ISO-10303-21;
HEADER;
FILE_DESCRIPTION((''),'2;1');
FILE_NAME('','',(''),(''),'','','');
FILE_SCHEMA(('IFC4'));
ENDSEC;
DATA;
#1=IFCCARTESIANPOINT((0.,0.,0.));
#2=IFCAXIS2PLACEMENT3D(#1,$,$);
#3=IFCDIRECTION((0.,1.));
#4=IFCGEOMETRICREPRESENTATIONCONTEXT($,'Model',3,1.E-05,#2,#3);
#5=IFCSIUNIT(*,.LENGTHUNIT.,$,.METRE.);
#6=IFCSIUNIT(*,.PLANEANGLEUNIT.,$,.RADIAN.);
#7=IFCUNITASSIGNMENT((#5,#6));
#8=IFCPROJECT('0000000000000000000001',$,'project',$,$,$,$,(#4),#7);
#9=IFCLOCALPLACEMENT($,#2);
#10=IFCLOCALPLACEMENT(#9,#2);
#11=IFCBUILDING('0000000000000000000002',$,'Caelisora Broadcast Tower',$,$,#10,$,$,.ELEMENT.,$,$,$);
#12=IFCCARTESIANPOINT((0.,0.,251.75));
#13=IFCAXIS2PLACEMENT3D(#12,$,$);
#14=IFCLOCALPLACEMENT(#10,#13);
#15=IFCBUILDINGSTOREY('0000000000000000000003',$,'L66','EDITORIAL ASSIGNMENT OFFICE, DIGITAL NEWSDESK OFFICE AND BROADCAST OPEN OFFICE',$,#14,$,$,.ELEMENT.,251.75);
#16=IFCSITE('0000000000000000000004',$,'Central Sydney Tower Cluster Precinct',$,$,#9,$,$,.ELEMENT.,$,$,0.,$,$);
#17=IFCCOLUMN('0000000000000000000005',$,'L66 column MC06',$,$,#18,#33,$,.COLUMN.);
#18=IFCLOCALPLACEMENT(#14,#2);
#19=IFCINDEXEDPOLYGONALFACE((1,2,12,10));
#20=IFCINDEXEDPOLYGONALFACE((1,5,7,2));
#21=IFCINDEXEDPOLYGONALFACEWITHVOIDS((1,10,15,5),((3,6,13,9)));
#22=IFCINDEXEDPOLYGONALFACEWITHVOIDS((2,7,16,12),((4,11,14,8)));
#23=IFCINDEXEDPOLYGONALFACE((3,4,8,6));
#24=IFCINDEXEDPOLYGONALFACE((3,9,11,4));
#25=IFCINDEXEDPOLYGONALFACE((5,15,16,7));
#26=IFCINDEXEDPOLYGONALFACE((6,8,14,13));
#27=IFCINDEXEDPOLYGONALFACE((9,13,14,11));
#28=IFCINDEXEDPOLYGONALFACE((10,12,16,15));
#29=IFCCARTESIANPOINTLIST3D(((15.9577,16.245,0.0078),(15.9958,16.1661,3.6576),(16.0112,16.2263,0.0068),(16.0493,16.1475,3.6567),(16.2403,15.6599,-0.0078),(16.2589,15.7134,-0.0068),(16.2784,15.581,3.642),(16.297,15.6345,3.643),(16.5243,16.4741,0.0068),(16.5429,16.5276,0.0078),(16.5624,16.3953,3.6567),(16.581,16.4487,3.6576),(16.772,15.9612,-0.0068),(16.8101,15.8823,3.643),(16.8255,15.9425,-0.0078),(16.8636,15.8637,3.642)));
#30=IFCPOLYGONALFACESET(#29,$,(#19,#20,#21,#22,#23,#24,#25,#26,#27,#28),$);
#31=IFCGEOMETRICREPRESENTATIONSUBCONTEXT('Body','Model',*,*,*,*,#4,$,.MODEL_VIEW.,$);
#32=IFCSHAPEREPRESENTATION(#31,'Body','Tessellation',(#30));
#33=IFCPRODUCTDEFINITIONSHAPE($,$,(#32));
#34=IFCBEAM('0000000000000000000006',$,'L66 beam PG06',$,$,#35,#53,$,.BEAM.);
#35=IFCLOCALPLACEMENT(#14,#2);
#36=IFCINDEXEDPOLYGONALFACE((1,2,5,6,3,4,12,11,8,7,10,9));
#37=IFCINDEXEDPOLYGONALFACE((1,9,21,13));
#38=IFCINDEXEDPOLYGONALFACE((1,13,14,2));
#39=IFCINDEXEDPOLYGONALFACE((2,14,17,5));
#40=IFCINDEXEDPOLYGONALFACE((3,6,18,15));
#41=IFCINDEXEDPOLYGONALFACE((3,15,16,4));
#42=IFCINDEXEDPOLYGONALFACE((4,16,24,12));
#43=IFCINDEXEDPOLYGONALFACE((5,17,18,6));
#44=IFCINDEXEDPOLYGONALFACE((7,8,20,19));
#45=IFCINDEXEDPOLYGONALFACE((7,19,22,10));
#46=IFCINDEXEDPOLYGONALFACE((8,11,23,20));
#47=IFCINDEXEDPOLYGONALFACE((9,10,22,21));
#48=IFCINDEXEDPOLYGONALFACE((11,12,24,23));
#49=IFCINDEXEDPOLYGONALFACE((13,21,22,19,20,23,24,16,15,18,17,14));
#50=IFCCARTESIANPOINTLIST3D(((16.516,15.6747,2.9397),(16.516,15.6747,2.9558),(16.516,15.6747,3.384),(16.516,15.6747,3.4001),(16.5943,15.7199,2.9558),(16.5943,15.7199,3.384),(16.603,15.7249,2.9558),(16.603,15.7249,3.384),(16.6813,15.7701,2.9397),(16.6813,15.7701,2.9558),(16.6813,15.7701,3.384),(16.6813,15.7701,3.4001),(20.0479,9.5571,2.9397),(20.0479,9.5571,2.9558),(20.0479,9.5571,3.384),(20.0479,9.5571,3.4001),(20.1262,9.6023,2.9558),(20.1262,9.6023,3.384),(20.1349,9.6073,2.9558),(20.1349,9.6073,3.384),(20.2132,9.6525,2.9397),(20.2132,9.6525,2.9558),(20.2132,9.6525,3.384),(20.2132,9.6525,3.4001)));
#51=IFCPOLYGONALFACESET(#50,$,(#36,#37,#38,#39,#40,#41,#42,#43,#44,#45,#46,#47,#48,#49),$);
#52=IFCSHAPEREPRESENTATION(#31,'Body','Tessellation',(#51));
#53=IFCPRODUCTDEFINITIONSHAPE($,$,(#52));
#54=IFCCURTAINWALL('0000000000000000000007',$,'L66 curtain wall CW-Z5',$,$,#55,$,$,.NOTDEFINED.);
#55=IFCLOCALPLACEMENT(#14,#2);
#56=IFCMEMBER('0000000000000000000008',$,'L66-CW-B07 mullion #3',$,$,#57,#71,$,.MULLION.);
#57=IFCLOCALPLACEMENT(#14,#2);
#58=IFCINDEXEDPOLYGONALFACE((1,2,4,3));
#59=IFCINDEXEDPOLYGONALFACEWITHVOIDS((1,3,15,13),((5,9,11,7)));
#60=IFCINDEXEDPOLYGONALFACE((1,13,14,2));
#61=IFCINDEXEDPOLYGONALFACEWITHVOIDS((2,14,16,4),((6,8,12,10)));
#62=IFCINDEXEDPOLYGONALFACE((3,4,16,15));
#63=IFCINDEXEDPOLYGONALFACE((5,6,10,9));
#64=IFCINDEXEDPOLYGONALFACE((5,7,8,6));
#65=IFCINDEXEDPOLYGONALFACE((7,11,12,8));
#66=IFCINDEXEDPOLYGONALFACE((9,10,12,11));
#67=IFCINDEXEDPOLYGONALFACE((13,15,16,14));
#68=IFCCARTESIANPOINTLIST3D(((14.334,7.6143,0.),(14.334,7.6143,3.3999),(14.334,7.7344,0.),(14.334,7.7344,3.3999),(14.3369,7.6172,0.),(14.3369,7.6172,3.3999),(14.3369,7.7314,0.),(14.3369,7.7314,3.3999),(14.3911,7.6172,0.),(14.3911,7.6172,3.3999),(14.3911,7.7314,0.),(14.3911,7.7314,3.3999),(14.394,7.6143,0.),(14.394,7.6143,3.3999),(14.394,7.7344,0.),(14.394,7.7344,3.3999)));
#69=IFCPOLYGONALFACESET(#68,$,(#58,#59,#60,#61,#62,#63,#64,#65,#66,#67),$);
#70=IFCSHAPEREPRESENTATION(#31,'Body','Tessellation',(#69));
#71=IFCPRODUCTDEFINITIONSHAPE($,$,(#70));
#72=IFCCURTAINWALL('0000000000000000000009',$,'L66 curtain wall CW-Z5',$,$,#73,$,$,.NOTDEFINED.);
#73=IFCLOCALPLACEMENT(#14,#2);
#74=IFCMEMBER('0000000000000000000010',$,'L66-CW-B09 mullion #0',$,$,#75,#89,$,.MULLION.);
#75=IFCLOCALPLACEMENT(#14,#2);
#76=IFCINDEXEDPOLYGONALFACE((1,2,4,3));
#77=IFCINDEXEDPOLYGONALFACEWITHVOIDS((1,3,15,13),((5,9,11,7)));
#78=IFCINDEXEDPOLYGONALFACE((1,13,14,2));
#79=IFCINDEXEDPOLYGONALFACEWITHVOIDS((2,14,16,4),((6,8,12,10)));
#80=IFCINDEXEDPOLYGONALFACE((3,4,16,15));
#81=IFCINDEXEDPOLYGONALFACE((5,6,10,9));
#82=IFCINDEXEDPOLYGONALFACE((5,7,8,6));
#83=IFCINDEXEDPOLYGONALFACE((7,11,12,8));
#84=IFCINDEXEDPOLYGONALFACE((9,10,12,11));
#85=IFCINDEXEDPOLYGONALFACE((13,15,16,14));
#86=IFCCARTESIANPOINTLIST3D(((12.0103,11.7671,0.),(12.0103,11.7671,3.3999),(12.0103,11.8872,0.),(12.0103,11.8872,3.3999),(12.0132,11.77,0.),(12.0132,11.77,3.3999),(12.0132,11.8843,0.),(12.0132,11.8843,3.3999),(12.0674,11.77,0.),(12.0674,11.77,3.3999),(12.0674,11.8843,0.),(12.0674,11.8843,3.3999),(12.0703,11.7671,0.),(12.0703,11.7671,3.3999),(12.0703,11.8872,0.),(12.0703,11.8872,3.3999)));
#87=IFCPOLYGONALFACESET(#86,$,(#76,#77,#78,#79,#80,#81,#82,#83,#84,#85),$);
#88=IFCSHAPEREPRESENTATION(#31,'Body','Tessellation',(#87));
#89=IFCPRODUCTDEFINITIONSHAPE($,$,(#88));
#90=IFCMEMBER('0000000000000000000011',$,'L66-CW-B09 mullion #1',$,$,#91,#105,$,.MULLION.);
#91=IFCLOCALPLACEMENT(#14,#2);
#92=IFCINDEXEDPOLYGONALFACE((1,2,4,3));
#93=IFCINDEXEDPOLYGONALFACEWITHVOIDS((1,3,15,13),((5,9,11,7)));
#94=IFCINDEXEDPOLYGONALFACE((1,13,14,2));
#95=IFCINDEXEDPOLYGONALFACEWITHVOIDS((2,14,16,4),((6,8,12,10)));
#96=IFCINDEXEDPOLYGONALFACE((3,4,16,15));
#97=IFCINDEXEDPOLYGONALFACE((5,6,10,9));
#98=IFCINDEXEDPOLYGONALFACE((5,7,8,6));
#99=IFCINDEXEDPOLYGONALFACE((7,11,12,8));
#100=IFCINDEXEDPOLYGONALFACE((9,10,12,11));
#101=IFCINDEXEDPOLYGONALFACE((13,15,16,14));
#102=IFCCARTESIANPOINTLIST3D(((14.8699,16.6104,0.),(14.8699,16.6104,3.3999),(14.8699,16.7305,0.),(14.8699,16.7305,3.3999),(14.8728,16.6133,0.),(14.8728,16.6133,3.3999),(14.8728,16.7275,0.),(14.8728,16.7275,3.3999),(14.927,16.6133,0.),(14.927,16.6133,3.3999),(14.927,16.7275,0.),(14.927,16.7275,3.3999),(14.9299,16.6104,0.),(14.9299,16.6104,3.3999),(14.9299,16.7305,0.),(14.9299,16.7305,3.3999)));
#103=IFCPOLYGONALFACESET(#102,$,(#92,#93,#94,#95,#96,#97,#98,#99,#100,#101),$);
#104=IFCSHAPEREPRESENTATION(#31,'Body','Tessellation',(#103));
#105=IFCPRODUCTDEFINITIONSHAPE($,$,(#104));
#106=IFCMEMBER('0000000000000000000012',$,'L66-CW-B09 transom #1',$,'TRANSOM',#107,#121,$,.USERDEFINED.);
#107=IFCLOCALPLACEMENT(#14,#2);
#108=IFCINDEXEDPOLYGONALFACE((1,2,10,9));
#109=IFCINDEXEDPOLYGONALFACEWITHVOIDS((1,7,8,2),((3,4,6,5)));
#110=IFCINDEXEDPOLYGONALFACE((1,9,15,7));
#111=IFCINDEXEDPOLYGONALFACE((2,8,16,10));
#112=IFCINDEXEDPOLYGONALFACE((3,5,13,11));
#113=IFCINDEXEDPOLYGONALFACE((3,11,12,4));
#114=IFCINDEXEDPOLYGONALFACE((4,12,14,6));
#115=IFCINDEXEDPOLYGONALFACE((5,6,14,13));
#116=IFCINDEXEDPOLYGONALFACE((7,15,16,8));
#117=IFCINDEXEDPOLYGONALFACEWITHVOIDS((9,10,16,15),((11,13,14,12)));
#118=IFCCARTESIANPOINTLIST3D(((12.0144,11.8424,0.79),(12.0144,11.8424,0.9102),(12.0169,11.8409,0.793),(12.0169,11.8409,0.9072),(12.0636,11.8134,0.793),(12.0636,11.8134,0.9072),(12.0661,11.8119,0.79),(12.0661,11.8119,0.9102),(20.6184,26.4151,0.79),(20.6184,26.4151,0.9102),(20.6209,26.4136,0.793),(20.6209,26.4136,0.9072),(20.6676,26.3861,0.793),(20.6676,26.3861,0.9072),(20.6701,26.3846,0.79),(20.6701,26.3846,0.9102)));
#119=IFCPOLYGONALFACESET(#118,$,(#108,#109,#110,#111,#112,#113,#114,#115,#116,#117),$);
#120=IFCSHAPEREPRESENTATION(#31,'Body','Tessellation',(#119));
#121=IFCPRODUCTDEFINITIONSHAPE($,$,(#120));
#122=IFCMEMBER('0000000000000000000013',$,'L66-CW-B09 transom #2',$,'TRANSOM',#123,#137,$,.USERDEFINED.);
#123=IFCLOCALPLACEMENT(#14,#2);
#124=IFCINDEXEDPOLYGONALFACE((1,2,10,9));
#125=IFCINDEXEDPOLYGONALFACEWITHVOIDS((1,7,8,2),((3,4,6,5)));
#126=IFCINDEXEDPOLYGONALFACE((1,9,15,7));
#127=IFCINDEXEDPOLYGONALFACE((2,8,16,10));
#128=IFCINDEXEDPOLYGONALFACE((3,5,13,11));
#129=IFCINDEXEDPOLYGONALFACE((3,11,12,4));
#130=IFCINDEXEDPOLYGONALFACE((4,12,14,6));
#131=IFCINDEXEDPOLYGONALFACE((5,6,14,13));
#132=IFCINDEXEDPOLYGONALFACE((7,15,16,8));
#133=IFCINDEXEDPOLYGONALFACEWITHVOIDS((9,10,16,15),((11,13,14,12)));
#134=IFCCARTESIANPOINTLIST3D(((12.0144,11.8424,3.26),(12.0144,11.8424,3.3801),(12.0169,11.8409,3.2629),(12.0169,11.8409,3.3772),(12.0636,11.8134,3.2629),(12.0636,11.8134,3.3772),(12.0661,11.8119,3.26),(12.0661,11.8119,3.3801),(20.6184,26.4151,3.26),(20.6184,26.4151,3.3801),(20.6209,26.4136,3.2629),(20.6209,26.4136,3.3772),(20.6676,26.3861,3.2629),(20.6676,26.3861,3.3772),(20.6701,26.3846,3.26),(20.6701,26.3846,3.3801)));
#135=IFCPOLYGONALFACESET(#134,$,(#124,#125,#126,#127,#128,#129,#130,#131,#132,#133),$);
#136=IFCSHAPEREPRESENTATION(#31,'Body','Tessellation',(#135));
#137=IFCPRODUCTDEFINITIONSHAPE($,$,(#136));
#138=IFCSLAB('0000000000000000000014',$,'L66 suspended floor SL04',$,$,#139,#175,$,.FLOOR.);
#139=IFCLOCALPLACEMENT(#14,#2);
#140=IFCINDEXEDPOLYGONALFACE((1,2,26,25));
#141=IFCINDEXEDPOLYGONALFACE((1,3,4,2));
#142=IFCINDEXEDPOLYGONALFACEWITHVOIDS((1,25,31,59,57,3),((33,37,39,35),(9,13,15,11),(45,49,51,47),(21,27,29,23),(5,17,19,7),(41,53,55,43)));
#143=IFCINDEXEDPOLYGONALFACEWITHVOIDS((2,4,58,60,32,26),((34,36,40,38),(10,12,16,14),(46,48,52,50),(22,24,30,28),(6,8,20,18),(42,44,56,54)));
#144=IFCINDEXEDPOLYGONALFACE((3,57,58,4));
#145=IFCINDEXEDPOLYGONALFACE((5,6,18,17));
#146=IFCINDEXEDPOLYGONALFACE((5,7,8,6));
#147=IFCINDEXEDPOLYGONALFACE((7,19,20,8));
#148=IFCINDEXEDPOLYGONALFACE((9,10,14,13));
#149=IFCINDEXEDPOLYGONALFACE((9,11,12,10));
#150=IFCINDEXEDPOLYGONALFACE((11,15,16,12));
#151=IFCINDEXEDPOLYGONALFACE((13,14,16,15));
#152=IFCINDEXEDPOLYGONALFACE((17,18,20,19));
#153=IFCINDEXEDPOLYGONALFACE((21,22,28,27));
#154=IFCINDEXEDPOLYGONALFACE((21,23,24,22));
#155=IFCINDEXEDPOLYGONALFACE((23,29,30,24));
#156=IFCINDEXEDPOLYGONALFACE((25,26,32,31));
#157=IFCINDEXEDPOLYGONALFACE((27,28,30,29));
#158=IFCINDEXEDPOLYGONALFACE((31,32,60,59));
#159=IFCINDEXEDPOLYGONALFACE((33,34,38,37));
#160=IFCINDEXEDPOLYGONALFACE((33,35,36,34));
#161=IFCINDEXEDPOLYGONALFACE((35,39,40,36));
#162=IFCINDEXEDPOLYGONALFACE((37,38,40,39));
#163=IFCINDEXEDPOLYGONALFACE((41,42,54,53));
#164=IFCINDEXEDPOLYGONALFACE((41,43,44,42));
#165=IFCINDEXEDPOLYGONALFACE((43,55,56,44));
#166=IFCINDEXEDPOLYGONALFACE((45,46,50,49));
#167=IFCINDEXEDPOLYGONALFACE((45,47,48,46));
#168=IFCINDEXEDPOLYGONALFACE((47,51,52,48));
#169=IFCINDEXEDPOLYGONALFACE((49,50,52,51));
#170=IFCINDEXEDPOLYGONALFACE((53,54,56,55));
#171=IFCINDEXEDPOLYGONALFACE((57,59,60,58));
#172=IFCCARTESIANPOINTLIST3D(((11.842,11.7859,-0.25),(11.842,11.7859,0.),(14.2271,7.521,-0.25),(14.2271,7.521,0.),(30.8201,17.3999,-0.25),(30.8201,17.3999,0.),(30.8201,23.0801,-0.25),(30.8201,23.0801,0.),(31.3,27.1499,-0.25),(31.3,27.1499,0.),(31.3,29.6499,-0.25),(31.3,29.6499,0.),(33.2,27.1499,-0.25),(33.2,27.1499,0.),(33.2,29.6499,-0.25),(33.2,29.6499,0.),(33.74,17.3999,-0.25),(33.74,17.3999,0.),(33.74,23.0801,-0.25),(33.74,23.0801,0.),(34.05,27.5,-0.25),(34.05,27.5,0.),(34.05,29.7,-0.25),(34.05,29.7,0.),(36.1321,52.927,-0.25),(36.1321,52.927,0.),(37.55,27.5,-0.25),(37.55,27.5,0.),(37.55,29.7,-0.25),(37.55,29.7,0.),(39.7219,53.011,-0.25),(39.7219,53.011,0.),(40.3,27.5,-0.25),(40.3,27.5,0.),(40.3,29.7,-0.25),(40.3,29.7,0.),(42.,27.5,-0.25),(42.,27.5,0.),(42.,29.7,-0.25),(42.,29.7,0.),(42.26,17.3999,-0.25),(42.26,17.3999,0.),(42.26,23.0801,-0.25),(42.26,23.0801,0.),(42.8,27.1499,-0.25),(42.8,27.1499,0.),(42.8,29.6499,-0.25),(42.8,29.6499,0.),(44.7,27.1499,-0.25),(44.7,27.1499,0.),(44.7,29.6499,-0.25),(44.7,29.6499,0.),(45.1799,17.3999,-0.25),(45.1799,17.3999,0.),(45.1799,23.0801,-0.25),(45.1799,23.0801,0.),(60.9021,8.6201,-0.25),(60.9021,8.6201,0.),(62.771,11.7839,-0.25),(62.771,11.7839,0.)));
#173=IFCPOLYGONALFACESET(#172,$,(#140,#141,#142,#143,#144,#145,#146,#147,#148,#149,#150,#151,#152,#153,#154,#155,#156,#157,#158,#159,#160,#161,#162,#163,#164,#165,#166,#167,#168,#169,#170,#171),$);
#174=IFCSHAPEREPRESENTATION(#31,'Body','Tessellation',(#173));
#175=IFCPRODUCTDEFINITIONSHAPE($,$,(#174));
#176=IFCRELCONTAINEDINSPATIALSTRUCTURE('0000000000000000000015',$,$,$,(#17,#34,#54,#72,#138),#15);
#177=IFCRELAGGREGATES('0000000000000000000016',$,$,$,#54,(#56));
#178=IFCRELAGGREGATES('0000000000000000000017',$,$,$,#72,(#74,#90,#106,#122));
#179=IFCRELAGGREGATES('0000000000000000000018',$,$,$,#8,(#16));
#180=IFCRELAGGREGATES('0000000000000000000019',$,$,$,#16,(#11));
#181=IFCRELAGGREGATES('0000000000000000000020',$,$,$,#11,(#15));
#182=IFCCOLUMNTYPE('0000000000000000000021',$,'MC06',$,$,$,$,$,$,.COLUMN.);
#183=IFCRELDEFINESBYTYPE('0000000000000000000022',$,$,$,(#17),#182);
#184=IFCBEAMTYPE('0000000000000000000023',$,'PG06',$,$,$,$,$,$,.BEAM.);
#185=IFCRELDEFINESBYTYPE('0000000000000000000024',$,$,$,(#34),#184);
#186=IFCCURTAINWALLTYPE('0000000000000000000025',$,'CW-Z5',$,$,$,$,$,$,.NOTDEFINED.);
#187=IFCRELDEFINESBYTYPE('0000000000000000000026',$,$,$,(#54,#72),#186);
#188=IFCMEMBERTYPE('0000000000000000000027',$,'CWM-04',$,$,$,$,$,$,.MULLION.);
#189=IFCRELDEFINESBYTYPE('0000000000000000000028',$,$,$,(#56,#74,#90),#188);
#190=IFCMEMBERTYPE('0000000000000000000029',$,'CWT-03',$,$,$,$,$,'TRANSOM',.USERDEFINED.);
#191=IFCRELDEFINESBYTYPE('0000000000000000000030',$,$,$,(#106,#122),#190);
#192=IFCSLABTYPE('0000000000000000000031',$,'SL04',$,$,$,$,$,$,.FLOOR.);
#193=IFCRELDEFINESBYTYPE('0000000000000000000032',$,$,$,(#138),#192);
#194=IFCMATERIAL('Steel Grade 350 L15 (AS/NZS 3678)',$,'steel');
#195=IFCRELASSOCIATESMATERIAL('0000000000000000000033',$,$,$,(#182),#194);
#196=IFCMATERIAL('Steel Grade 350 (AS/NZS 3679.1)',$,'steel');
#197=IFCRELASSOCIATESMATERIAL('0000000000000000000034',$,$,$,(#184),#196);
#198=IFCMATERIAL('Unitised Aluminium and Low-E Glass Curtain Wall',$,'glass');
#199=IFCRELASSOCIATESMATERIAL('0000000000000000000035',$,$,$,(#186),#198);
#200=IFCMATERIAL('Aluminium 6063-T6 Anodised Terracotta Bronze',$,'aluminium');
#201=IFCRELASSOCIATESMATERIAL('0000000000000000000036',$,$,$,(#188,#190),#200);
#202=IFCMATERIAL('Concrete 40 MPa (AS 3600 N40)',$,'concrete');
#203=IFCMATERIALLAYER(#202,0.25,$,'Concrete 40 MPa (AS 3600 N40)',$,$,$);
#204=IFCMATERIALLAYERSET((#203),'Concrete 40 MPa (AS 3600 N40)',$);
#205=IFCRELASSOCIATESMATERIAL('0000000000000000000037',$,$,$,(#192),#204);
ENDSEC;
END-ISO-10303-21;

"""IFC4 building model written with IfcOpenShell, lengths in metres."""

from ifc_helpers import new_model, si_unit, direction, frame, origin, origin_2d, place, context, subcontext, project, spatial, polyline, hollow_rectangle, i_section, outline, extrude, source, transform, mapped, material, layer, layer_set, material_profile, profile_set, type_object, type_shapes, element, aggregate, save


model = new_model("IFC4")

# Units and contexts
model_context = context("Model", 3, precision=1e-05, world=origin(), true_north=direction((0.0, 1.0)))
body_context = subcontext(model_context, "Body", "Model", "MODEL_VIEW")
ifc_project = project(units=[si_unit("LENGTHUNIT", "METRE"), si_unit("PLANEANGLEUNIT", "RADIAN")], contexts=[model_context])

# Site, building, storey
site_placement = place(None, origin())
site = spatial("IfcSite", under=ifc_project, at=site_placement, Name="Central Sydney Tower Cluster Precinct", CompositionType="ELEMENT", RefElevation=0.0)
building_placement = place(site_placement, origin())
building = spatial("IfcBuilding", under=site, at=building_placement, Name="Caelisora Broadcast Tower", CompositionType="ELEMENT")
storey_placement = place(building_placement, frame((0.0, 0.0, 251.75)))
storey = spatial("IfcBuildingStorey", under=building, at=storey_placement, Name="L66", Description="EDITORIAL ASSIGNMENT OFFICE, DIGITAL NEWSDESK OFFICE AND BROADCAST OPEN OFFICE", CompositionType="ELEMENT", Elevation=251.75)

# Column
ifc_material_1 = material(Name="Steel Grade 350 L15 (AS/NZS 3678)", Category="steel")
ifc_material_profile_1 = material_profile(ifc_material_1, hollow_rectangle(XDim=0.6499, YDim=0.6499, WallThickness=0.04, at=origin_2d()), Name="Steel Grade 350 L15 (AS/NZS 3678)")
ifc_profile_set_1 = profile_set([ifc_material_profile_1], Name="Steel Grade 350 L15 (AS/NZS 3678)")
column_type = type_object("IfcColumnType", Name="MC06", PredefinedType="COLUMN", material=ifc_profile_set_1)
shared_shape_1 = source(origin(), body_context, "Body", "SweptSolid", [
    extrude(hollow_rectangle(XDim=0.6499, YDim=0.6499, WallThickness=0.04, at=origin_2d()), origin(), (0.0, 0.0, 1.0), 3.6509),
])
type_shapes(column_type, [shared_shape_1])
column_placement = place(storey_placement, frame((16.3916, 16.0938, 0.0), z_axis=(0.010432, -0.021599, 0.999712), x_axis=(0.900476, 0.434905, 0.0)))
element("IfcColumn", 1, at=column_placement, inside=storey, type_object=column_type, Name="L66 column MC06", PredefinedType="COLUMN", context=body_context, shape_type="MappedRepresentation", body=[
    mapped(shared_shape_1, transform((0.0, 0.0, 0.0), scale=1.0)),
])

# Beam
ifc_material_2 = material(Name="Steel Grade 350 (AS/NZS 3679.1)", Category="steel")
ifc_material_profile_2 = material_profile(ifc_material_2, i_section(OverallWidth=0.1909, OverallDepth=0.4604, WebThickness=0.01, FlangeThickness=0.0161, at=origin_2d()), Name="Steel Grade 350 (AS/NZS 3679.1)")
ifc_profile_set_2 = profile_set([ifc_material_profile_2], Name="Steel Grade 350 (AS/NZS 3679.1)")
beam_type = type_object("IfcBeamType", Name="PG06", PredefinedType="BEAM", material=ifc_profile_set_2)
shared_shape_2 = source(origin(), body_context, "Body", "SweptSolid", [
    extrude(i_section(OverallWidth=0.1909, OverallDepth=0.4604, WebThickness=0.01, FlangeThickness=0.0161, at=origin_2d()), origin(), (0.0, 0.0, 1.0), 7.064),
])
type_shapes(beam_type, [shared_shape_2])
beam_placement = place(storey_placement, frame((16.5986, 15.7224, 3.1699), z_axis=(0.499994, -0.866029, 0.0), x_axis=(0.866029, 0.499994, 0.0)))
element("IfcBeam", 2, at=beam_placement, inside=storey, type_object=beam_type, Name="L66 beam PG06", PredefinedType="BEAM", context=body_context, shape_type="MappedRepresentation", body=[
    mapped(shared_shape_2, transform((0.0, 0.0, 0.0), scale=1.0)),
])

# Curtain wall, member
ifc_material_3 = material(Name="Unitised Aluminium and Low-E Glass Curtain Wall", Category="glass")
curtain_wall_type = type_object("IfcCurtainWallType", Name="CW-Z5", PredefinedType="NOTDEFINED", material=ifc_material_3)
curtain_wall_1_placement = place(storey_placement, origin())
curtain_wall_1 = element("IfcCurtainWall", 3, at=curtain_wall_1_placement, inside=storey, type_object=curtain_wall_type, Name="L66 curtain wall CW-Z5", PredefinedType="NOTDEFINED")
ifc_material_4 = material(Name="Aluminium 6063-T6 Anodised Terracotta Bronze", Category="aluminium")
ifc_material_profile_3 = material_profile(ifc_material_4, hollow_rectangle(XDim=0.0601, YDim=0.1201, WallThickness=0.0029, at=origin_2d()), Name="Aluminium 6063-T6 Anodised Terracotta Bronze")
ifc_profile_set_3 = profile_set([ifc_material_profile_3], Name="Aluminium 6063-T6 Anodised Terracotta Bronze")
member_type_1 = type_object("IfcMemberType", Name="CWM-04", PredefinedType="MULLION", material=ifc_profile_set_3)
shared_shape_3 = source(origin(), body_context, "Body", "SweptSolid", [
    extrude(hollow_rectangle(XDim=0.0601, YDim=0.1201, WallThickness=0.0029, at=origin_2d()), origin(), (0.0, 0.0, 1.0), 3.3999),
])
type_shapes(member_type_1, [shared_shape_3])
member_1_placement = place(storey_placement, frame((14.364, 7.6743, 0.0), z_axis=(0.0, 0.0, 1.0), x_axis=(1.0, 0.0, 0.0)))
member_1 = element("IfcMember", 4, at=member_1_placement, type_object=member_type_1, Name="L66-CW-B07 mullion #3", PredefinedType="MULLION", context=body_context, shape_type="MappedRepresentation", body=[
    mapped(shared_shape_3, transform((0.0, 0.0, 0.0), scale=1.0)),
])
aggregate(curtain_wall_1, [member_1])

# Curtain wall, members
curtain_wall_2_placement = place(storey_placement, origin())
curtain_wall_2 = element("IfcCurtainWall", 5, at=curtain_wall_2_placement, inside=storey, type_object=curtain_wall_type, Name="L66 curtain wall CW-Z5", PredefinedType="NOTDEFINED")
member_2_placement = place(storey_placement, frame((12.0403, 11.8271, 0.0), z_axis=(0.0, 0.0, 1.0), x_axis=(1.0, 0.0, 0.0)))
member_2 = element("IfcMember", 6, at=member_2_placement, type_object=member_type_1, Name="L66-CW-B09 mullion #0", PredefinedType="MULLION", context=body_context, shape_type="MappedRepresentation", body=[
    mapped(shared_shape_3, transform((0.0, 0.0, 0.0), scale=1.0)),
])
member_3_placement = place(storey_placement, frame((14.8999, 16.6704, 0.0), z_axis=(0.0, 0.0, 1.0), x_axis=(1.0, 0.0, 0.0)))
member_3 = element("IfcMember", 7, at=member_3_placement, type_object=member_type_1, Name="L66-CW-B09 mullion #1", PredefinedType="MULLION", context=body_context, shape_type="MappedRepresentation", body=[
    mapped(shared_shape_3, transform((0.0, 0.0, 0.0), scale=1.0)),
])
ifc_material_profile_4 = material_profile(ifc_material_4, hollow_rectangle(XDim=0.0601, YDim=0.1201, WallThickness=0.0029, at=origin_2d()), Name="Aluminium 6063-T6 Anodised Terracotta Bronze")
ifc_profile_set_4 = profile_set([ifc_material_profile_4], Name="Aluminium 6063-T6 Anodised Terracotta Bronze")
member_type_2 = type_object("IfcMemberType", Name="CWT-03", ElementType="TRANSOM", PredefinedType="USERDEFINED", material=ifc_profile_set_4)
shared_shape_4 = source(origin(), body_context, "Body", "SweptSolid", [
    extrude(hollow_rectangle(XDim=0.0601, YDim=0.1201, WallThickness=0.0029, at=origin_2d()), origin(), (0.0, 0.0, 1.0), 16.9231),
])
type_shapes(member_type_2, [shared_shape_4])
member_4_placement = place(storey_placement, frame((12.0403, 11.8271, 0.8501), z_axis=(0.508415, 0.861112, 0.0), x_axis=(-0.861112, 0.508415, 0.0)))
member_4 = element("IfcMember", 8, at=member_4_placement, type_object=member_type_2, Name="L66-CW-B09 transom #1", ObjectType="TRANSOM", PredefinedType="USERDEFINED", context=body_context, shape_type="MappedRepresentation", body=[
    mapped(shared_shape_4, transform((0.0, 0.0, 0.0), scale=1.0)),
])
member_5_placement = place(storey_placement, frame((12.0403, 11.8271, 3.3201), z_axis=(0.508415, 0.861112, 0.0), x_axis=(-0.861112, 0.508415, 0.0)))
member_5 = element("IfcMember", 9, at=member_5_placement, type_object=member_type_2, Name="L66-CW-B09 transom #2", ObjectType="TRANSOM", PredefinedType="USERDEFINED", context=body_context, shape_type="MappedRepresentation", body=[
    mapped(shared_shape_4, transform((0.0, 0.0, 0.0), scale=1.0)),
])

# Slab
ifc_material_5 = material(Name="Concrete 40 MPa (AS 3600 N40)", Category="concrete")
ifc_layer_1 = layer(ifc_material_5, 0.25, Name="Concrete 40 MPa (AS 3600 N40)")
ifc_layer_set_1 = layer_set([ifc_layer_1], Name="Concrete 40 MPa (AS 3600 N40)")
slab_type_1 = type_object("IfcSlabType", Name="SL04", PredefinedType="FLOOR", material=ifc_layer_set_1)
slab_1_placement = place(storey_placement, frame((0.0, 0.0, -0.25)))
element("IfcSlab", 10, at=slab_1_placement, inside=storey, type_object=slab_type_1, Name="L66 suspended floor SL04", PredefinedType="FLOOR", context=body_context, shape_type="SweptSolid", body=[
    extrude(outline(polyline([(39.7219, 53.011), (36.1321, 52.927), (11.842, 11.7859), (14.2271, 7.521), (60.9021, 8.6201), (62.771, 11.7839), (39.7219, 53.011)]), holes=[polyline([(30.8201, 17.3999), (33.74, 17.3999), (33.74, 23.0801), (30.8201, 23.0801), (30.8201, 17.3999)]), polyline([(42.26, 17.3999), (45.1799, 17.3999), (45.1799, 23.0801), (42.26, 23.0801), (42.26, 17.3999)]), polyline([(42.8, 27.1499), (44.7, 27.1499), (44.7, 29.6499), (42.8, 29.6499), (42.8, 27.1499)]), polyline([(40.3, 27.5), (42.0, 27.5), (42.0, 29.7), (40.3, 29.7), (40.3, 27.5)]), polyline([(34.05, 27.5), (37.55, 27.5), (37.55, 29.7), (34.05, 29.7), (34.05, 27.5)]), polyline([(31.3, 27.1499), (33.2, 27.1499), (33.2, 29.6499), (31.3, 29.6499), (31.3, 27.1499)])]), origin(), (0.0, 0.0, 1.0), 0.25),
])

aggregate(curtain_wall_2, [member_2, member_3, member_4, member_5])

save(model, "model.ifc")
